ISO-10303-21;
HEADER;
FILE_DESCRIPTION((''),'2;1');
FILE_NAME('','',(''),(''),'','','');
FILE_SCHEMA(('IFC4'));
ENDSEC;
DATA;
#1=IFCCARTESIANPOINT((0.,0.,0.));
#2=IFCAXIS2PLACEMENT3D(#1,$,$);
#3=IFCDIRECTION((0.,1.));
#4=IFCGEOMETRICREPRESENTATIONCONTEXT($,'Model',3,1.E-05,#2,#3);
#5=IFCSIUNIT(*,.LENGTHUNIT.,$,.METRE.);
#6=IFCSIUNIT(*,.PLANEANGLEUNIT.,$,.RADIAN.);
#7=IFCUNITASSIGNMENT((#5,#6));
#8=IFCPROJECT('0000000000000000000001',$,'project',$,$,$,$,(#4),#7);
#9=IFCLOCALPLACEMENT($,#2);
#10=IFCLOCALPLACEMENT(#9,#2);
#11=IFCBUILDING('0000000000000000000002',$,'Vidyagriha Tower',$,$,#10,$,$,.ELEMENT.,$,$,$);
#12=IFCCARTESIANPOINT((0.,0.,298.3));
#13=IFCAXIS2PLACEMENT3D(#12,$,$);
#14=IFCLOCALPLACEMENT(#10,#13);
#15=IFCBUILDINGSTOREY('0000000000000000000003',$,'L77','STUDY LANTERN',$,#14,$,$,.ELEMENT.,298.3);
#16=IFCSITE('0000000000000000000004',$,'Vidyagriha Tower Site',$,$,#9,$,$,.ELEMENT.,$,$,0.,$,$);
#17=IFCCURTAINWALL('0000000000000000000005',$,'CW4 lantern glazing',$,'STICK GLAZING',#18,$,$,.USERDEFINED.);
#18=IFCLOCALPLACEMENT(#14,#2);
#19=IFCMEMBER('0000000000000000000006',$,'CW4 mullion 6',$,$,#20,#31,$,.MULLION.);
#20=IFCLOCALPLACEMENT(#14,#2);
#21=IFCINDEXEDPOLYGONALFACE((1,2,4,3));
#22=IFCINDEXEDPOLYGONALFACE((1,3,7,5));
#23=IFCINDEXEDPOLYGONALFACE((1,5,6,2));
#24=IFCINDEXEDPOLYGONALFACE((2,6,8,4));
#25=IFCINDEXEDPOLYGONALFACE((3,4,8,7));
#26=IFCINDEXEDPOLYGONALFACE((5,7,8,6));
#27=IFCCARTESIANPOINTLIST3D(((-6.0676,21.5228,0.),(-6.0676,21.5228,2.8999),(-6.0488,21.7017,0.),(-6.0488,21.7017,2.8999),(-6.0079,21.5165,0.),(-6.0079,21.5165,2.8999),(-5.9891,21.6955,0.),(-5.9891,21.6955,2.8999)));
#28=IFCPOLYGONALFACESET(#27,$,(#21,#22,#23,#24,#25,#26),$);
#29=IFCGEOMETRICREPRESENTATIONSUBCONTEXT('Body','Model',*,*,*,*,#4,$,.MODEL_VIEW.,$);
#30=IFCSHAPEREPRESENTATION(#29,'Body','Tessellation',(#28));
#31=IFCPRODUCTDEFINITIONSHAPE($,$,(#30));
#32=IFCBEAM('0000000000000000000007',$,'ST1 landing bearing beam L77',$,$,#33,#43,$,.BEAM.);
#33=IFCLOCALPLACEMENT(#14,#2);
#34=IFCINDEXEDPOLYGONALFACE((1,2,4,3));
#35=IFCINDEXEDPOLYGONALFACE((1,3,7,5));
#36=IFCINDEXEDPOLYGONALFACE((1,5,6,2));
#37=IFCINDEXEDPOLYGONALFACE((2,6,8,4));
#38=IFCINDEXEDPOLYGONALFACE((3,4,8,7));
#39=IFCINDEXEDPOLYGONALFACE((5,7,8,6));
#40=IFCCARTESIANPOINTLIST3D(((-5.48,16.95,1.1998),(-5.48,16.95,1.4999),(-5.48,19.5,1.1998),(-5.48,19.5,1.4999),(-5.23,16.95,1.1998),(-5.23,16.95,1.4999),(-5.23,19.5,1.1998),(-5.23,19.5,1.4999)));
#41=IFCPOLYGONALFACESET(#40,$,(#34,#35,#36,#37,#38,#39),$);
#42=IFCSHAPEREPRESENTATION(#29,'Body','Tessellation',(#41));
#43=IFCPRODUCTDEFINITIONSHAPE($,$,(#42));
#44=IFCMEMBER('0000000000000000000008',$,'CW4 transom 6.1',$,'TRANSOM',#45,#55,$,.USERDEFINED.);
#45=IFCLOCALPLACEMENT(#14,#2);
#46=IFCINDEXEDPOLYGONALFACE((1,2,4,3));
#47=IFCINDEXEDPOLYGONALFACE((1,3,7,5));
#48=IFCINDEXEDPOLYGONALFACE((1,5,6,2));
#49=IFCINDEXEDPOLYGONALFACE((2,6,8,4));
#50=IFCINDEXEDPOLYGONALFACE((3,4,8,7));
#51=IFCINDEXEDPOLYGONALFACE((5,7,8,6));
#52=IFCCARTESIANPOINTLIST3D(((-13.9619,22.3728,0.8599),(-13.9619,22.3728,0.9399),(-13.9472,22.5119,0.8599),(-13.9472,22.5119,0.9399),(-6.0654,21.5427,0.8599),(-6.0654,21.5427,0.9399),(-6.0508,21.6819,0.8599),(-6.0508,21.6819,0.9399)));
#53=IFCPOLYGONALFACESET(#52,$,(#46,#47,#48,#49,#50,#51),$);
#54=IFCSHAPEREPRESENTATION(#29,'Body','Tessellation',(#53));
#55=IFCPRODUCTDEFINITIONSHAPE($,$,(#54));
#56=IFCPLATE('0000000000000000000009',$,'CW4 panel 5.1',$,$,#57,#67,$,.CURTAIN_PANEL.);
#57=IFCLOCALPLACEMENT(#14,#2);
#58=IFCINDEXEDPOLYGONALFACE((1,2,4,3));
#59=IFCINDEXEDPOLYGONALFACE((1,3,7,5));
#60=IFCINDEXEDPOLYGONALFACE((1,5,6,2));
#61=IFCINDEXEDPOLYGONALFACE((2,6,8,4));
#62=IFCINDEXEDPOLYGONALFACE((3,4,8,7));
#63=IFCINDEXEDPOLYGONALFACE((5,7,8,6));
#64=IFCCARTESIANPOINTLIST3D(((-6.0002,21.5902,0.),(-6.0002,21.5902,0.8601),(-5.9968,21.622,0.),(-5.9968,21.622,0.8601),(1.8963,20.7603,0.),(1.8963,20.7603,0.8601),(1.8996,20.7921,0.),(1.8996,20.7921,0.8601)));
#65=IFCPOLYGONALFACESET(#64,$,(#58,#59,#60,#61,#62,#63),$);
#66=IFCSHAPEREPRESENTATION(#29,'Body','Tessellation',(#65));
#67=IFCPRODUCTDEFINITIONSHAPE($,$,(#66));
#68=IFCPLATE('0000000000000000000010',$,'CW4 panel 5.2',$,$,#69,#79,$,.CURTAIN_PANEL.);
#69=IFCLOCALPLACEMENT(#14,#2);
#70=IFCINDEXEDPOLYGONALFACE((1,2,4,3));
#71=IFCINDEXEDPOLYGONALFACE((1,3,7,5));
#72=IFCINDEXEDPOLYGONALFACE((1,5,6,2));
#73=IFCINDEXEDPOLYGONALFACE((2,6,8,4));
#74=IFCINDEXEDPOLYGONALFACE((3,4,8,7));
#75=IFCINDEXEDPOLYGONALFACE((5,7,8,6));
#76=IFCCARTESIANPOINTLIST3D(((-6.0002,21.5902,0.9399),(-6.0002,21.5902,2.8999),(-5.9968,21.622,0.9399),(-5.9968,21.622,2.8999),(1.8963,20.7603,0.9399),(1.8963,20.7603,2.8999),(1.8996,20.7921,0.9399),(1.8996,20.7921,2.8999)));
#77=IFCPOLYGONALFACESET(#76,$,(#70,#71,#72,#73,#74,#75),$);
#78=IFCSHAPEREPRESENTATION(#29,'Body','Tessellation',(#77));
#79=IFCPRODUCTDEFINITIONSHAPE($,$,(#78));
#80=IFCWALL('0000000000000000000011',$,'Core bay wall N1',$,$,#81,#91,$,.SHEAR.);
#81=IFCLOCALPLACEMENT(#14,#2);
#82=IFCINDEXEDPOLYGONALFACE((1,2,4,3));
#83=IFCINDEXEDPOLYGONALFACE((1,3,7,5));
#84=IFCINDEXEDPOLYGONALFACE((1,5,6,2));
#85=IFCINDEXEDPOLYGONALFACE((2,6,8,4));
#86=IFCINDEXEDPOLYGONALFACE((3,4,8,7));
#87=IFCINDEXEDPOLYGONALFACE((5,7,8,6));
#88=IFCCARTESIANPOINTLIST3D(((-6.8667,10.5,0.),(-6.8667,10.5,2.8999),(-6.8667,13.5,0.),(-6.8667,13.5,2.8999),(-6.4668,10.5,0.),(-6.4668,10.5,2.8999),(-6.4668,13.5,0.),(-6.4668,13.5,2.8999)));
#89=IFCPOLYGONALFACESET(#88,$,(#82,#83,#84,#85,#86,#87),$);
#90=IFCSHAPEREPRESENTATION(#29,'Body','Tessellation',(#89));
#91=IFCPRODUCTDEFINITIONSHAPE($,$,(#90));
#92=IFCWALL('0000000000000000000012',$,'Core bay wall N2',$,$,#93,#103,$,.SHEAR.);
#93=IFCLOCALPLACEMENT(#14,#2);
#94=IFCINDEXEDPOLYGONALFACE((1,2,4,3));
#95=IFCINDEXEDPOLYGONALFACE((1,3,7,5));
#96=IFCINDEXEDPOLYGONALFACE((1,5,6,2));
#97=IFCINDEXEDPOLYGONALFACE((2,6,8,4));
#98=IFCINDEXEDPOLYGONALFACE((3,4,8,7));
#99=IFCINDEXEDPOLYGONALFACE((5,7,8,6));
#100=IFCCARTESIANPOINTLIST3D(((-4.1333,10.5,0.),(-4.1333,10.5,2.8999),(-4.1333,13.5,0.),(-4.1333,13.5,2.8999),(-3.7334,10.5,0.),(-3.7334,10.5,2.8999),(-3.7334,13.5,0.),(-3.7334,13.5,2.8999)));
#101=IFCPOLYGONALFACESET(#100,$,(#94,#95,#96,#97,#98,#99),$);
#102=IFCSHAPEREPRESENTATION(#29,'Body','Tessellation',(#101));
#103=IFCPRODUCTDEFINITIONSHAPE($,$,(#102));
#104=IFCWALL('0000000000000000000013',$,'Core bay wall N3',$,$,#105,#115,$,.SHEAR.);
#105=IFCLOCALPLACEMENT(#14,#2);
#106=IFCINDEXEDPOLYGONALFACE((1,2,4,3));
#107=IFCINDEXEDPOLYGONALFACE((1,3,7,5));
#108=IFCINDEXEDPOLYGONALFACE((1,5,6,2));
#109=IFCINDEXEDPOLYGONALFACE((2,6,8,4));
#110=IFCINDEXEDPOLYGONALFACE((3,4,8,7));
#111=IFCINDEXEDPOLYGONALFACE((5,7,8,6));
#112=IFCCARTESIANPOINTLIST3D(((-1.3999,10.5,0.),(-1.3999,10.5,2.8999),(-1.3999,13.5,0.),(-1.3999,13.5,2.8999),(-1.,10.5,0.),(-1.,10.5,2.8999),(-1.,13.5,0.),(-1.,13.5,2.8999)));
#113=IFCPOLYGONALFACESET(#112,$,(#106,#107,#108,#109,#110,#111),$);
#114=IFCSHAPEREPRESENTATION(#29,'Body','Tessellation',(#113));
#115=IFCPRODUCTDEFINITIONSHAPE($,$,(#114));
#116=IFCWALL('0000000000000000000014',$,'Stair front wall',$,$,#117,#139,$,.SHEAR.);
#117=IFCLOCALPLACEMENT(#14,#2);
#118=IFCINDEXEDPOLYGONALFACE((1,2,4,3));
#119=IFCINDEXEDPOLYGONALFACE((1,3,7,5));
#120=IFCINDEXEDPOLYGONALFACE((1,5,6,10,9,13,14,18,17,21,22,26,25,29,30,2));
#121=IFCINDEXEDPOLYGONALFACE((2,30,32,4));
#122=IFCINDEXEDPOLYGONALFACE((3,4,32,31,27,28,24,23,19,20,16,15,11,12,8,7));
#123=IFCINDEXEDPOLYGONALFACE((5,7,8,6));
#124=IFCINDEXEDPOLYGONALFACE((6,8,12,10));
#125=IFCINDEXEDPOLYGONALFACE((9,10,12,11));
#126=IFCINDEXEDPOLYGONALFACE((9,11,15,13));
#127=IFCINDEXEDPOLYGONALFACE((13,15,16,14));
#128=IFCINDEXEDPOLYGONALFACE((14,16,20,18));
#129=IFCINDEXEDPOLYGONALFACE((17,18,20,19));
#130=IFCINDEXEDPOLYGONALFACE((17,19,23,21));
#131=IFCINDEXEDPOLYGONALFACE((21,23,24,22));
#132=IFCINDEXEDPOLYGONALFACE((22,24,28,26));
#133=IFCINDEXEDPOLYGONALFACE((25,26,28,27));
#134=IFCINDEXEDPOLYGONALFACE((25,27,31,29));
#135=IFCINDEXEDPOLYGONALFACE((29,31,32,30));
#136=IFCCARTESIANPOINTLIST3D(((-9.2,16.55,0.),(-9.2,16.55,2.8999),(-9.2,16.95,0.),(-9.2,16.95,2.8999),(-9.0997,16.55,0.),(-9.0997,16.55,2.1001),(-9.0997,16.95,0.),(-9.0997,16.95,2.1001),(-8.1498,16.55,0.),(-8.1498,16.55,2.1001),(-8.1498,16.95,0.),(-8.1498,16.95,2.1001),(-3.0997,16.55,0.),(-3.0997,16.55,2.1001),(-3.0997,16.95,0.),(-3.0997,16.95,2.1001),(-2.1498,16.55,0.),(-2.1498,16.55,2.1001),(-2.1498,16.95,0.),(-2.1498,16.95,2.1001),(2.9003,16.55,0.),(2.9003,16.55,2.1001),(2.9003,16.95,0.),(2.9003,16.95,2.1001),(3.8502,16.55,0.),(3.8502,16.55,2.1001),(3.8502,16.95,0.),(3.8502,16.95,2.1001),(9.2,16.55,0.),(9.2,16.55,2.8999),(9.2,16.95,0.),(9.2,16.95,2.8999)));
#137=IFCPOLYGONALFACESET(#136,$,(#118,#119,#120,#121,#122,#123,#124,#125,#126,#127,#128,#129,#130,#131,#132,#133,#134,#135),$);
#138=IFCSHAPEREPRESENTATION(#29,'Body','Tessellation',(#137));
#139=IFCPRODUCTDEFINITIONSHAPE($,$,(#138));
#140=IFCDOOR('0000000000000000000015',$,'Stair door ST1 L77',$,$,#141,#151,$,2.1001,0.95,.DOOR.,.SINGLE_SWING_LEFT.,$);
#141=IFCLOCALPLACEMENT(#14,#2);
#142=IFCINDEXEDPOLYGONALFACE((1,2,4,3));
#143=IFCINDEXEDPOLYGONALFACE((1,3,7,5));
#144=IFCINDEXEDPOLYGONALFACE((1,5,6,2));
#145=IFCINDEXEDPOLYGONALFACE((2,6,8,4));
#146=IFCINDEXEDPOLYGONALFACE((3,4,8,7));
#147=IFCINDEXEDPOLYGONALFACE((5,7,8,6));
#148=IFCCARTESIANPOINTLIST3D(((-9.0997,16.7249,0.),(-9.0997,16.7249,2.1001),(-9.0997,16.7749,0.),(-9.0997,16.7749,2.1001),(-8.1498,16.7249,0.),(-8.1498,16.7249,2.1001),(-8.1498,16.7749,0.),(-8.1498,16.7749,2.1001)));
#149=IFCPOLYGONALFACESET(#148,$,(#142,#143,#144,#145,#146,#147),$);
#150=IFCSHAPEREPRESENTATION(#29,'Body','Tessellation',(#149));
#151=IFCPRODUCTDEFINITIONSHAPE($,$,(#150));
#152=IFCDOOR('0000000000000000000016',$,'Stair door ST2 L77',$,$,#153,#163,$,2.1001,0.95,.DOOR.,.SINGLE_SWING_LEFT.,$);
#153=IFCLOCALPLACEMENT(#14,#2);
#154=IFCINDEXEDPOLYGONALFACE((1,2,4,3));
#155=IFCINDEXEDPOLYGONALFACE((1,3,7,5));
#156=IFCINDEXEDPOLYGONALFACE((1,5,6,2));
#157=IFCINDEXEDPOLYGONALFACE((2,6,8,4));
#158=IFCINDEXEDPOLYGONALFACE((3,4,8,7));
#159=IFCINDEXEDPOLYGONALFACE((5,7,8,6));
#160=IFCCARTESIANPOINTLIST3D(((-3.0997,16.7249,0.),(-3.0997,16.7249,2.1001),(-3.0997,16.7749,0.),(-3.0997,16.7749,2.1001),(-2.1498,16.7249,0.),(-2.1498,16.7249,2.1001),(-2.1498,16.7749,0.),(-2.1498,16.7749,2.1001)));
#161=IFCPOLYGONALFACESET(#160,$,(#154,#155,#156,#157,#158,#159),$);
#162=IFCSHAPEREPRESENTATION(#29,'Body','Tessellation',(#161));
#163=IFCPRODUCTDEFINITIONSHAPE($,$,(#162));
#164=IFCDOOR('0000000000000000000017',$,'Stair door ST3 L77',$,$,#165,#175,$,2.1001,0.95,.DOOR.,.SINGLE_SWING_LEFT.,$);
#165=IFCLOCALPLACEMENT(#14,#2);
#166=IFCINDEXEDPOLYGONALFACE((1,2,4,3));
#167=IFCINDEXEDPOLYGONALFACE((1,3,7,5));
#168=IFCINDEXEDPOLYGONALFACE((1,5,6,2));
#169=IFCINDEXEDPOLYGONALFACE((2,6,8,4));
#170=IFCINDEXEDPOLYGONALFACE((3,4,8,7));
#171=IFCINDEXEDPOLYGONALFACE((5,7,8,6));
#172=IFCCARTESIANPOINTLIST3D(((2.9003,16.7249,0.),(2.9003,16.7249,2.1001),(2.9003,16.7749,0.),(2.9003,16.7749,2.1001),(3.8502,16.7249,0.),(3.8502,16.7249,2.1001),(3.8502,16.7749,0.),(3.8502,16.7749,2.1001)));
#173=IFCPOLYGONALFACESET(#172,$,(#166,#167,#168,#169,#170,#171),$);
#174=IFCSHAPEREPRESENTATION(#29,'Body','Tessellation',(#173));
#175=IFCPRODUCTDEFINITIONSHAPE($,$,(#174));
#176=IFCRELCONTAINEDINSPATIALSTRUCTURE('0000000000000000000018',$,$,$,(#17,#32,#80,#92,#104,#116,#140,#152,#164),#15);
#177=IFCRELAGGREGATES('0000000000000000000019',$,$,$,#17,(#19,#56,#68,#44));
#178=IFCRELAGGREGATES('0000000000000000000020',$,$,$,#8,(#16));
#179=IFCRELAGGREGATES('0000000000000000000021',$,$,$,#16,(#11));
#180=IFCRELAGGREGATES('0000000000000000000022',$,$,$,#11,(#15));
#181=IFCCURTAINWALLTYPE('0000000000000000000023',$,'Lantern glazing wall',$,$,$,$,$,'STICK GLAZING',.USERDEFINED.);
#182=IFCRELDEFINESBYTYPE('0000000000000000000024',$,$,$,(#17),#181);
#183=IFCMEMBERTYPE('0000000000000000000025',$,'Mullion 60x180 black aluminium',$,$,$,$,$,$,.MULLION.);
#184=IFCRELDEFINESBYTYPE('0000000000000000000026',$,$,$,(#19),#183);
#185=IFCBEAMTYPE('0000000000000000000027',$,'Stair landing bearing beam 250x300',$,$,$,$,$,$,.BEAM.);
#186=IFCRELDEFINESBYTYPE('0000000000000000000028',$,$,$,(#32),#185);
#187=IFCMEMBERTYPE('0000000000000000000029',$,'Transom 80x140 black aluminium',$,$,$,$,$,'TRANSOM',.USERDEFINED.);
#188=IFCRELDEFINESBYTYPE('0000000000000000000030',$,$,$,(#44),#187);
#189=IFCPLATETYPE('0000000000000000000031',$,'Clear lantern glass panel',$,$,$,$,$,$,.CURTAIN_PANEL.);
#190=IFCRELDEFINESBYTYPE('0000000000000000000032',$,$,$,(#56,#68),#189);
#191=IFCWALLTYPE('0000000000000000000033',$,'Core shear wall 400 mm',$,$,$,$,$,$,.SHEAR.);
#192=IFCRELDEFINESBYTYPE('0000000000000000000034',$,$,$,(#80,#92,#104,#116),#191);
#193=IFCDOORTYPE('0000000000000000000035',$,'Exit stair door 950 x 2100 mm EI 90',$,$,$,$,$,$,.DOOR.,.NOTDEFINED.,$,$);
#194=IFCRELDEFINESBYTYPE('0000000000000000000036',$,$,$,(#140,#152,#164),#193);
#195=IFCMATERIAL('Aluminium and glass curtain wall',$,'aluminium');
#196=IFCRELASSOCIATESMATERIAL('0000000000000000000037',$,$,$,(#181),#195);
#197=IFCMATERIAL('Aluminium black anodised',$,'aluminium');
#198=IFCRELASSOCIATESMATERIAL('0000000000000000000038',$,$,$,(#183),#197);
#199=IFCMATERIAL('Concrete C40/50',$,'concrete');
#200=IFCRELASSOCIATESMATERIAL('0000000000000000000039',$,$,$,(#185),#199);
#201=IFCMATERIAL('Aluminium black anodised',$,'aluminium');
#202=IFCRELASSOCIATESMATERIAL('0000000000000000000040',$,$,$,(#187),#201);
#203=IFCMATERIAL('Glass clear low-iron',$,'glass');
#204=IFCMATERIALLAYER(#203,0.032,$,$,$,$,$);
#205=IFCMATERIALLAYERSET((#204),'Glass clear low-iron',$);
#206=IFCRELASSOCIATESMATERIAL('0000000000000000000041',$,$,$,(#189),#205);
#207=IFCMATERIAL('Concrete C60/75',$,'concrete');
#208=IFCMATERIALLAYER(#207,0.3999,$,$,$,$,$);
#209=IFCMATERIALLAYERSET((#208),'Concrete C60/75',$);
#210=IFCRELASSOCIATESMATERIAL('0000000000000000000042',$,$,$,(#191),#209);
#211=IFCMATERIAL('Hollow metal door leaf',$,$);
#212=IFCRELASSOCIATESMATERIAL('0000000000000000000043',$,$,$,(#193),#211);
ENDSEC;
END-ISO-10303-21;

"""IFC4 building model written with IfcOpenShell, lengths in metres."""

from ifc_helpers import new_model, si_unit, direction, frame, frame_2d, origin, origin_2d, place, context, subcontext, project, spatial, rectangle, extrude, material, layer, layer_set, material_profile, profile_set, type_object, element, fill, aggregate, save


model = new_model("IFC4")

# Units and contexts
model_context = context("Model", 3, precision=1e-05, world=origin(), true_north=direction((0.0, 1.0)))
body_context = subcontext(model_context, "Body", "Model", "MODEL_VIEW")
ifc_project = project(units=[si_unit("LENGTHUNIT", "METRE"), si_unit("PLANEANGLEUNIT", "RADIAN")], contexts=[model_context])

# Site, building, storey
site_placement = place(None, origin())
site = spatial("IfcSite", under=ifc_project, at=site_placement, Name="Vidyagriha Tower Site", CompositionType="ELEMENT", RefElevation=0.0)
building_placement = place(site_placement, origin())
building = spatial("IfcBuilding", under=site, at=building_placement, Name="Vidyagriha Tower", CompositionType="ELEMENT")
storey_placement = place(building_placement, frame((0.0, 0.0, 298.3)))
storey = spatial("IfcBuildingStorey", under=building, at=storey_placement, Name="L77", Description="STUDY LANTERN", CompositionType="ELEMENT", Elevation=298.3)

# Curtain wall, member
ifc_material_1 = material(Name="Aluminium and glass curtain wall", Category="aluminium")
curtain_wall_type = type_object("IfcCurtainWallType", Name="Lantern glazing wall", ElementType="STICK GLAZING", PredefinedType="USERDEFINED", material=ifc_material_1)
curtain_wall_placement = place(storey_placement, origin())
curtain_wall = element("IfcCurtainWall", 1, at=curtain_wall_placement, inside=storey, type_object=curtain_wall_type, Name="CW4 lantern glazing", ObjectType="STICK GLAZING", PredefinedType="USERDEFINED")
ifc_material_2 = material(Name="Aluminium black anodised", Category="aluminium")
ifc_material_profile_1 = material_profile(ifc_material_2, rectangle(XDim=0.1799, YDim=0.0601, at=origin_2d()), Name="Mullion 60x180 black aluminium")
ifc_profile_set_1 = profile_set([ifc_material_profile_1], Name="Aluminium black anodised")
member_type_1 = type_object("IfcMemberType", Name="Mullion 60x180 black aluminium", PredefinedType="MULLION", material=ifc_profile_set_1)
member_1_placement = place(storey_placement, frame((-6.0283, 21.6091, 0.0), z_axis=(0.0, 0.0, 1.0), x_axis=(-0.104528, -0.994522, 0.0)))
member_1 = element("IfcMember", 2, at=member_1_placement, type_object=member_type_1, Name="CW4 mullion 6", PredefinedType="MULLION", context=body_context, shape_type="SweptSolid", body=[
    extrude(rectangle(XDim=0.1799, YDim=0.0601, at=origin_2d()), origin(), (0.0, 0.0, 1.0), 2.8999),
])

# Beam
ifc_material_3 = material(Name="Concrete C40/50", Category="concrete")
ifc_material_profile_2 = material_profile(ifc_material_3, rectangle(XDim=0.25, YDim=0.3, at=origin_2d()), Name="Stair landing bearing beam 250x300")
ifc_profile_set_2 = profile_set([ifc_material_profile_2], Name="Concrete C40/50")
beam_type = type_object("IfcBeamType", Name="Stair landing bearing beam 250x300", PredefinedType="BEAM", material=ifc_profile_set_2)
beam_placement = place(storey_placement, frame((-5.355, 16.95, 1.3499), z_axis=(0.0, 1.0, 0.0), x_axis=(-1.0, 0.0, 0.0)))
element("IfcBeam", 3, at=beam_placement, inside=storey, type_object=beam_type, Name="ST1 landing bearing beam L77", PredefinedType="BEAM", context=body_context, shape_type="SweptSolid", body=[
    extrude(rectangle(XDim=0.25, YDim=0.3, at=origin_2d()), origin(), (0.0, 0.0, 1.0), 2.55),
])

# Member
ifc_material_4 = material(Name="Aluminium black anodised", Category="aluminium")
ifc_material_profile_3 = material_profile(ifc_material_4, rectangle(XDim=0.1399, YDim=0.0801, at=origin_2d()), Name="Transom 80x140 black aluminium")
ifc_profile_set_3 = profile_set([ifc_material_profile_3], Name="Aluminium black anodised")
member_type_2 = type_object("IfcMemberType", Name="Transom 80x140 black aluminium", ElementType="TRANSOM", PredefinedType="USERDEFINED", material=ifc_profile_set_3)
member_2_placement = place(storey_placement, frame((-6.0581, 21.6123, 0.8999), z_axis=(-0.99452, 0.104544, 0.0), x_axis=(-0.104544, -0.99452, 0.0)))
member_2 = element("IfcMember", 4, at=member_2_placement, type_object=member_type_2, Name="CW4 transom 6.1", ObjectType="TRANSOM", PredefinedType="USERDEFINED", context=body_context, shape_type="SweptSolid", body=[
    extrude(rectangle(XDim=0.1399, YDim=0.0801, at=origin_2d()), origin(), (0.0, 0.0, 1.0), 7.9399),
])

# Plates
ifc_material_5 = material(Name="Glass clear low-iron", Category="glass")
ifc_layer_1 = layer(ifc_material_5, 0.032)
ifc_layer_set_1 = layer_set([ifc_layer_1], Name="Glass clear low-iron")
plate_type = type_object("IfcPlateType", Name="Clear lantern glass panel", PredefinedType="CURTAIN_PANEL", material=ifc_layer_set_1)
plate_1_placement = place(storey_placement, frame((-2.0503, 21.1912, 0.0), z_axis=(0.0, 0.0, 1.0), x_axis=(-0.994522, 0.104528, 0.0)))
plate_1 = element("IfcPlate", 5, at=plate_1_placement, type_object=plate_type, Name="CW4 panel 5.1", PredefinedType="CURTAIN_PANEL", context=body_context, shape_type="SweptSolid", body=[
    extrude(rectangle(XDim=7.9399, YDim=0.032, at=origin_2d()), origin(), (0.0, 0.0, 1.0), 0.8601),
])
plate_2_placement = place(storey_placement, frame((-2.0503, 21.1912, 0.9399), z_axis=(0.0, 0.0, 1.0), x_axis=(-0.994522, 0.104528, 0.0)))
plate_2 = element("IfcPlate", 6, at=plate_2_placement, type_object=plate_type, Name="CW4 panel 5.2", PredefinedType="CURTAIN_PANEL", context=body_context, shape_type="SweptSolid", body=[
    extrude(rectangle(XDim=7.9399, YDim=0.032, at=origin_2d()), origin(), (0.0, 0.0, 1.0), 1.96),
])
aggregate(curtain_wall, [member_1, plate_1, plate_2, member_2])

# Walls
ifc_material_6 = material(Name="Concrete C60/75", Category="concrete")
ifc_layer_2 = layer(ifc_material_6, 0.3999)
ifc_layer_set_2 = layer_set([ifc_layer_2], Name="Concrete C60/75")
wall_type_1 = type_object("IfcWallType", Name="Core shear wall 400 mm", PredefinedType="SHEAR", material=ifc_layer_set_2)
for number, where, z_axis, x_axis, name in (
    (7, (-6.6667, 10.5, 0.0), (0.0, 0.0, 1.0), (0.0, 1.0, 0.0), "Core bay wall N1"),
    (8, (-3.9333, 10.5, 0.0), (0.0, 0.0, 1.0), (0.0, 1.0, 0.0), "Core bay wall N2"),
    (9, (-1.2, 10.5, 0.0), (0.0, 0.0, 1.0), (0.0, 1.0, 0.0), "Core bay wall N3"),
):
    element("IfcWall", number, at=place(storey_placement, frame(where, z_axis=z_axis, x_axis=x_axis)), inside=storey, type_object=wall_type_1, Name=name, PredefinedType="SHEAR", context=body_context, shape_type="SweptSolid", body=[
        extrude(rectangle(XDim=3.0, YDim=0.3999, at=frame_2d((1.5, 0.0))), origin(), (0.0, 0.0, 1.0), 2.8999),
    ])

# Wall, openings, doors
wall_1_placement = place(storey_placement, frame((-9.2, 16.75, 0.0)))
wall_1 = element("IfcWall", 10, at=wall_1_placement, inside=storey, type_object=wall_type_1, Name="Stair front wall", PredefinedType="SHEAR", context=body_context, shape_type="SweptSolid", body=[
    extrude(rectangle(XDim=18.3999, YDim=0.3999, at=frame_2d((9.2, 0.0))), origin(), (0.0, 0.0, 1.0), 2.8999),
])
opening_1_placement = place(wall_1_placement, frame((0.1001, 0.0, 0.0)))
opening_1 = element("IfcOpeningElement", 11, at=opening_1_placement, cuts=wall_1, PredefinedType="OPENING", context=body_context, shape_type="SweptSolid", body=[
    extrude(rectangle(XDim=0.95, YDim=2.1001, at=frame_2d((0.4751, 1.05))), frame((0.0, 0.21, 0.0), z_axis=(0.0, -1.0, 0.0), x_axis=(1.0, 0.0, 0.0)), (0.0, 0.0, 1.0), 0.4199),
])
opening_2_placement = place(wall_1_placement, frame((6.1001, 0.0, 0.0)))
opening_2 = element("IfcOpeningElement", 12, at=opening_2_placement, cuts=wall_1, PredefinedType="OPENING", context=body_context, shape_type="SweptSolid", body=[
    extrude(rectangle(XDim=0.95, YDim=2.1001, at=frame_2d((0.4751, 1.05))), frame((0.0, 0.21, 0.0), z_axis=(0.0, -1.0, 0.0), x_axis=(1.0, 0.0, 0.0)), (0.0, 0.0, 1.0), 0.4199),
])
opening_3_placement = place(wall_1_placement, frame((12.1001, 0.0, 0.0)))
opening_3 = element("IfcOpeningElement", 13, at=opening_3_placement, cuts=wall_1, PredefinedType="OPENING", context=body_context, shape_type="SweptSolid", body=[
    extrude(rectangle(XDim=0.95, YDim=2.1001, at=frame_2d((0.4751, 1.05))), frame((0.0, 0.21, 0.0), z_axis=(0.0, -1.0, 0.0), x_axis=(1.0, 0.0, 0.0)), (0.0, 0.0, 1.0), 0.4199),
])
ifc_material_7 = material(Name="Hollow metal door leaf")
door_type_1 = type_object("IfcDoorType", Name="Exit stair door 950 x 2100 mm EI 90", OperationType="NOTDEFINED", PredefinedType="DOOR", material=ifc_material_7)
door_1_placement = place(opening_1_placement, origin())
door_1 = element("IfcDoor", 14, at=door_1_placement, inside=storey, type_object=door_type_1, Name="Stair door ST1 L77", OperationType="SINGLE_SWING_LEFT", OverallHeight=2.1001, OverallWidth=0.95, PredefinedType="DOOR", context=body_context, shape_type="SweptSolid", body=[
    extrude(rectangle(XDim=0.95, YDim=2.1001, at=frame_2d((0.4751, 1.05))), frame((0.0, 0.0249, 0.0), z_axis=(0.0, -1.0, 0.0), x_axis=(1.0, 0.0, 0.0)), (0.0, 0.0, 1.0), 0.05),
])
fill(opening_1, door_1)
door_2_placement = place(opening_2_placement, origin())
door_2 = element("IfcDoor", 15, at=door_2_placement, inside=storey, type_object=door_type_1, Name="Stair door ST2 L77", OperationType="SINGLE_SWING_LEFT", OverallHeight=2.1001, OverallWidth=0.95, PredefinedType="DOOR", context=body_context, shape_type="SweptSolid", body=[
    extrude(rectangle(XDim=0.95, YDim=2.1001, at=frame_2d((0.4751, 1.05))), frame((0.0, 0.0249, 0.0), z_axis=(0.0, -1.0, 0.0), x_axis=(1.0, 0.0, 0.0)), (0.0, 0.0, 1.0), 0.05),
])
fill(opening_2, door_2)
door_3_placement = place(opening_3_placement, origin())
door_3 = element("IfcDoor", 16, at=door_3_placement, inside=storey, type_object=door_type_1, Name="Stair door ST3 L77", OperationType="SINGLE_SWING_LEFT", OverallHeight=2.1001, OverallWidth=0.95, PredefinedType="DOOR", context=body_context, shape_type="SweptSolid", body=[
    extrude(rectangle(XDim=0.95, YDim=2.1001, at=frame_2d((0.4751, 1.05))), frame((0.0, 0.0249, 0.0), z_axis=(0.0, -1.0, 0.0), x_axis=(1.0, 0.0, 0.0)), (0.0, 0.0, 1.0), 0.05),
])
fill(opening_3, door_3)

save(model, "model.ifc")
